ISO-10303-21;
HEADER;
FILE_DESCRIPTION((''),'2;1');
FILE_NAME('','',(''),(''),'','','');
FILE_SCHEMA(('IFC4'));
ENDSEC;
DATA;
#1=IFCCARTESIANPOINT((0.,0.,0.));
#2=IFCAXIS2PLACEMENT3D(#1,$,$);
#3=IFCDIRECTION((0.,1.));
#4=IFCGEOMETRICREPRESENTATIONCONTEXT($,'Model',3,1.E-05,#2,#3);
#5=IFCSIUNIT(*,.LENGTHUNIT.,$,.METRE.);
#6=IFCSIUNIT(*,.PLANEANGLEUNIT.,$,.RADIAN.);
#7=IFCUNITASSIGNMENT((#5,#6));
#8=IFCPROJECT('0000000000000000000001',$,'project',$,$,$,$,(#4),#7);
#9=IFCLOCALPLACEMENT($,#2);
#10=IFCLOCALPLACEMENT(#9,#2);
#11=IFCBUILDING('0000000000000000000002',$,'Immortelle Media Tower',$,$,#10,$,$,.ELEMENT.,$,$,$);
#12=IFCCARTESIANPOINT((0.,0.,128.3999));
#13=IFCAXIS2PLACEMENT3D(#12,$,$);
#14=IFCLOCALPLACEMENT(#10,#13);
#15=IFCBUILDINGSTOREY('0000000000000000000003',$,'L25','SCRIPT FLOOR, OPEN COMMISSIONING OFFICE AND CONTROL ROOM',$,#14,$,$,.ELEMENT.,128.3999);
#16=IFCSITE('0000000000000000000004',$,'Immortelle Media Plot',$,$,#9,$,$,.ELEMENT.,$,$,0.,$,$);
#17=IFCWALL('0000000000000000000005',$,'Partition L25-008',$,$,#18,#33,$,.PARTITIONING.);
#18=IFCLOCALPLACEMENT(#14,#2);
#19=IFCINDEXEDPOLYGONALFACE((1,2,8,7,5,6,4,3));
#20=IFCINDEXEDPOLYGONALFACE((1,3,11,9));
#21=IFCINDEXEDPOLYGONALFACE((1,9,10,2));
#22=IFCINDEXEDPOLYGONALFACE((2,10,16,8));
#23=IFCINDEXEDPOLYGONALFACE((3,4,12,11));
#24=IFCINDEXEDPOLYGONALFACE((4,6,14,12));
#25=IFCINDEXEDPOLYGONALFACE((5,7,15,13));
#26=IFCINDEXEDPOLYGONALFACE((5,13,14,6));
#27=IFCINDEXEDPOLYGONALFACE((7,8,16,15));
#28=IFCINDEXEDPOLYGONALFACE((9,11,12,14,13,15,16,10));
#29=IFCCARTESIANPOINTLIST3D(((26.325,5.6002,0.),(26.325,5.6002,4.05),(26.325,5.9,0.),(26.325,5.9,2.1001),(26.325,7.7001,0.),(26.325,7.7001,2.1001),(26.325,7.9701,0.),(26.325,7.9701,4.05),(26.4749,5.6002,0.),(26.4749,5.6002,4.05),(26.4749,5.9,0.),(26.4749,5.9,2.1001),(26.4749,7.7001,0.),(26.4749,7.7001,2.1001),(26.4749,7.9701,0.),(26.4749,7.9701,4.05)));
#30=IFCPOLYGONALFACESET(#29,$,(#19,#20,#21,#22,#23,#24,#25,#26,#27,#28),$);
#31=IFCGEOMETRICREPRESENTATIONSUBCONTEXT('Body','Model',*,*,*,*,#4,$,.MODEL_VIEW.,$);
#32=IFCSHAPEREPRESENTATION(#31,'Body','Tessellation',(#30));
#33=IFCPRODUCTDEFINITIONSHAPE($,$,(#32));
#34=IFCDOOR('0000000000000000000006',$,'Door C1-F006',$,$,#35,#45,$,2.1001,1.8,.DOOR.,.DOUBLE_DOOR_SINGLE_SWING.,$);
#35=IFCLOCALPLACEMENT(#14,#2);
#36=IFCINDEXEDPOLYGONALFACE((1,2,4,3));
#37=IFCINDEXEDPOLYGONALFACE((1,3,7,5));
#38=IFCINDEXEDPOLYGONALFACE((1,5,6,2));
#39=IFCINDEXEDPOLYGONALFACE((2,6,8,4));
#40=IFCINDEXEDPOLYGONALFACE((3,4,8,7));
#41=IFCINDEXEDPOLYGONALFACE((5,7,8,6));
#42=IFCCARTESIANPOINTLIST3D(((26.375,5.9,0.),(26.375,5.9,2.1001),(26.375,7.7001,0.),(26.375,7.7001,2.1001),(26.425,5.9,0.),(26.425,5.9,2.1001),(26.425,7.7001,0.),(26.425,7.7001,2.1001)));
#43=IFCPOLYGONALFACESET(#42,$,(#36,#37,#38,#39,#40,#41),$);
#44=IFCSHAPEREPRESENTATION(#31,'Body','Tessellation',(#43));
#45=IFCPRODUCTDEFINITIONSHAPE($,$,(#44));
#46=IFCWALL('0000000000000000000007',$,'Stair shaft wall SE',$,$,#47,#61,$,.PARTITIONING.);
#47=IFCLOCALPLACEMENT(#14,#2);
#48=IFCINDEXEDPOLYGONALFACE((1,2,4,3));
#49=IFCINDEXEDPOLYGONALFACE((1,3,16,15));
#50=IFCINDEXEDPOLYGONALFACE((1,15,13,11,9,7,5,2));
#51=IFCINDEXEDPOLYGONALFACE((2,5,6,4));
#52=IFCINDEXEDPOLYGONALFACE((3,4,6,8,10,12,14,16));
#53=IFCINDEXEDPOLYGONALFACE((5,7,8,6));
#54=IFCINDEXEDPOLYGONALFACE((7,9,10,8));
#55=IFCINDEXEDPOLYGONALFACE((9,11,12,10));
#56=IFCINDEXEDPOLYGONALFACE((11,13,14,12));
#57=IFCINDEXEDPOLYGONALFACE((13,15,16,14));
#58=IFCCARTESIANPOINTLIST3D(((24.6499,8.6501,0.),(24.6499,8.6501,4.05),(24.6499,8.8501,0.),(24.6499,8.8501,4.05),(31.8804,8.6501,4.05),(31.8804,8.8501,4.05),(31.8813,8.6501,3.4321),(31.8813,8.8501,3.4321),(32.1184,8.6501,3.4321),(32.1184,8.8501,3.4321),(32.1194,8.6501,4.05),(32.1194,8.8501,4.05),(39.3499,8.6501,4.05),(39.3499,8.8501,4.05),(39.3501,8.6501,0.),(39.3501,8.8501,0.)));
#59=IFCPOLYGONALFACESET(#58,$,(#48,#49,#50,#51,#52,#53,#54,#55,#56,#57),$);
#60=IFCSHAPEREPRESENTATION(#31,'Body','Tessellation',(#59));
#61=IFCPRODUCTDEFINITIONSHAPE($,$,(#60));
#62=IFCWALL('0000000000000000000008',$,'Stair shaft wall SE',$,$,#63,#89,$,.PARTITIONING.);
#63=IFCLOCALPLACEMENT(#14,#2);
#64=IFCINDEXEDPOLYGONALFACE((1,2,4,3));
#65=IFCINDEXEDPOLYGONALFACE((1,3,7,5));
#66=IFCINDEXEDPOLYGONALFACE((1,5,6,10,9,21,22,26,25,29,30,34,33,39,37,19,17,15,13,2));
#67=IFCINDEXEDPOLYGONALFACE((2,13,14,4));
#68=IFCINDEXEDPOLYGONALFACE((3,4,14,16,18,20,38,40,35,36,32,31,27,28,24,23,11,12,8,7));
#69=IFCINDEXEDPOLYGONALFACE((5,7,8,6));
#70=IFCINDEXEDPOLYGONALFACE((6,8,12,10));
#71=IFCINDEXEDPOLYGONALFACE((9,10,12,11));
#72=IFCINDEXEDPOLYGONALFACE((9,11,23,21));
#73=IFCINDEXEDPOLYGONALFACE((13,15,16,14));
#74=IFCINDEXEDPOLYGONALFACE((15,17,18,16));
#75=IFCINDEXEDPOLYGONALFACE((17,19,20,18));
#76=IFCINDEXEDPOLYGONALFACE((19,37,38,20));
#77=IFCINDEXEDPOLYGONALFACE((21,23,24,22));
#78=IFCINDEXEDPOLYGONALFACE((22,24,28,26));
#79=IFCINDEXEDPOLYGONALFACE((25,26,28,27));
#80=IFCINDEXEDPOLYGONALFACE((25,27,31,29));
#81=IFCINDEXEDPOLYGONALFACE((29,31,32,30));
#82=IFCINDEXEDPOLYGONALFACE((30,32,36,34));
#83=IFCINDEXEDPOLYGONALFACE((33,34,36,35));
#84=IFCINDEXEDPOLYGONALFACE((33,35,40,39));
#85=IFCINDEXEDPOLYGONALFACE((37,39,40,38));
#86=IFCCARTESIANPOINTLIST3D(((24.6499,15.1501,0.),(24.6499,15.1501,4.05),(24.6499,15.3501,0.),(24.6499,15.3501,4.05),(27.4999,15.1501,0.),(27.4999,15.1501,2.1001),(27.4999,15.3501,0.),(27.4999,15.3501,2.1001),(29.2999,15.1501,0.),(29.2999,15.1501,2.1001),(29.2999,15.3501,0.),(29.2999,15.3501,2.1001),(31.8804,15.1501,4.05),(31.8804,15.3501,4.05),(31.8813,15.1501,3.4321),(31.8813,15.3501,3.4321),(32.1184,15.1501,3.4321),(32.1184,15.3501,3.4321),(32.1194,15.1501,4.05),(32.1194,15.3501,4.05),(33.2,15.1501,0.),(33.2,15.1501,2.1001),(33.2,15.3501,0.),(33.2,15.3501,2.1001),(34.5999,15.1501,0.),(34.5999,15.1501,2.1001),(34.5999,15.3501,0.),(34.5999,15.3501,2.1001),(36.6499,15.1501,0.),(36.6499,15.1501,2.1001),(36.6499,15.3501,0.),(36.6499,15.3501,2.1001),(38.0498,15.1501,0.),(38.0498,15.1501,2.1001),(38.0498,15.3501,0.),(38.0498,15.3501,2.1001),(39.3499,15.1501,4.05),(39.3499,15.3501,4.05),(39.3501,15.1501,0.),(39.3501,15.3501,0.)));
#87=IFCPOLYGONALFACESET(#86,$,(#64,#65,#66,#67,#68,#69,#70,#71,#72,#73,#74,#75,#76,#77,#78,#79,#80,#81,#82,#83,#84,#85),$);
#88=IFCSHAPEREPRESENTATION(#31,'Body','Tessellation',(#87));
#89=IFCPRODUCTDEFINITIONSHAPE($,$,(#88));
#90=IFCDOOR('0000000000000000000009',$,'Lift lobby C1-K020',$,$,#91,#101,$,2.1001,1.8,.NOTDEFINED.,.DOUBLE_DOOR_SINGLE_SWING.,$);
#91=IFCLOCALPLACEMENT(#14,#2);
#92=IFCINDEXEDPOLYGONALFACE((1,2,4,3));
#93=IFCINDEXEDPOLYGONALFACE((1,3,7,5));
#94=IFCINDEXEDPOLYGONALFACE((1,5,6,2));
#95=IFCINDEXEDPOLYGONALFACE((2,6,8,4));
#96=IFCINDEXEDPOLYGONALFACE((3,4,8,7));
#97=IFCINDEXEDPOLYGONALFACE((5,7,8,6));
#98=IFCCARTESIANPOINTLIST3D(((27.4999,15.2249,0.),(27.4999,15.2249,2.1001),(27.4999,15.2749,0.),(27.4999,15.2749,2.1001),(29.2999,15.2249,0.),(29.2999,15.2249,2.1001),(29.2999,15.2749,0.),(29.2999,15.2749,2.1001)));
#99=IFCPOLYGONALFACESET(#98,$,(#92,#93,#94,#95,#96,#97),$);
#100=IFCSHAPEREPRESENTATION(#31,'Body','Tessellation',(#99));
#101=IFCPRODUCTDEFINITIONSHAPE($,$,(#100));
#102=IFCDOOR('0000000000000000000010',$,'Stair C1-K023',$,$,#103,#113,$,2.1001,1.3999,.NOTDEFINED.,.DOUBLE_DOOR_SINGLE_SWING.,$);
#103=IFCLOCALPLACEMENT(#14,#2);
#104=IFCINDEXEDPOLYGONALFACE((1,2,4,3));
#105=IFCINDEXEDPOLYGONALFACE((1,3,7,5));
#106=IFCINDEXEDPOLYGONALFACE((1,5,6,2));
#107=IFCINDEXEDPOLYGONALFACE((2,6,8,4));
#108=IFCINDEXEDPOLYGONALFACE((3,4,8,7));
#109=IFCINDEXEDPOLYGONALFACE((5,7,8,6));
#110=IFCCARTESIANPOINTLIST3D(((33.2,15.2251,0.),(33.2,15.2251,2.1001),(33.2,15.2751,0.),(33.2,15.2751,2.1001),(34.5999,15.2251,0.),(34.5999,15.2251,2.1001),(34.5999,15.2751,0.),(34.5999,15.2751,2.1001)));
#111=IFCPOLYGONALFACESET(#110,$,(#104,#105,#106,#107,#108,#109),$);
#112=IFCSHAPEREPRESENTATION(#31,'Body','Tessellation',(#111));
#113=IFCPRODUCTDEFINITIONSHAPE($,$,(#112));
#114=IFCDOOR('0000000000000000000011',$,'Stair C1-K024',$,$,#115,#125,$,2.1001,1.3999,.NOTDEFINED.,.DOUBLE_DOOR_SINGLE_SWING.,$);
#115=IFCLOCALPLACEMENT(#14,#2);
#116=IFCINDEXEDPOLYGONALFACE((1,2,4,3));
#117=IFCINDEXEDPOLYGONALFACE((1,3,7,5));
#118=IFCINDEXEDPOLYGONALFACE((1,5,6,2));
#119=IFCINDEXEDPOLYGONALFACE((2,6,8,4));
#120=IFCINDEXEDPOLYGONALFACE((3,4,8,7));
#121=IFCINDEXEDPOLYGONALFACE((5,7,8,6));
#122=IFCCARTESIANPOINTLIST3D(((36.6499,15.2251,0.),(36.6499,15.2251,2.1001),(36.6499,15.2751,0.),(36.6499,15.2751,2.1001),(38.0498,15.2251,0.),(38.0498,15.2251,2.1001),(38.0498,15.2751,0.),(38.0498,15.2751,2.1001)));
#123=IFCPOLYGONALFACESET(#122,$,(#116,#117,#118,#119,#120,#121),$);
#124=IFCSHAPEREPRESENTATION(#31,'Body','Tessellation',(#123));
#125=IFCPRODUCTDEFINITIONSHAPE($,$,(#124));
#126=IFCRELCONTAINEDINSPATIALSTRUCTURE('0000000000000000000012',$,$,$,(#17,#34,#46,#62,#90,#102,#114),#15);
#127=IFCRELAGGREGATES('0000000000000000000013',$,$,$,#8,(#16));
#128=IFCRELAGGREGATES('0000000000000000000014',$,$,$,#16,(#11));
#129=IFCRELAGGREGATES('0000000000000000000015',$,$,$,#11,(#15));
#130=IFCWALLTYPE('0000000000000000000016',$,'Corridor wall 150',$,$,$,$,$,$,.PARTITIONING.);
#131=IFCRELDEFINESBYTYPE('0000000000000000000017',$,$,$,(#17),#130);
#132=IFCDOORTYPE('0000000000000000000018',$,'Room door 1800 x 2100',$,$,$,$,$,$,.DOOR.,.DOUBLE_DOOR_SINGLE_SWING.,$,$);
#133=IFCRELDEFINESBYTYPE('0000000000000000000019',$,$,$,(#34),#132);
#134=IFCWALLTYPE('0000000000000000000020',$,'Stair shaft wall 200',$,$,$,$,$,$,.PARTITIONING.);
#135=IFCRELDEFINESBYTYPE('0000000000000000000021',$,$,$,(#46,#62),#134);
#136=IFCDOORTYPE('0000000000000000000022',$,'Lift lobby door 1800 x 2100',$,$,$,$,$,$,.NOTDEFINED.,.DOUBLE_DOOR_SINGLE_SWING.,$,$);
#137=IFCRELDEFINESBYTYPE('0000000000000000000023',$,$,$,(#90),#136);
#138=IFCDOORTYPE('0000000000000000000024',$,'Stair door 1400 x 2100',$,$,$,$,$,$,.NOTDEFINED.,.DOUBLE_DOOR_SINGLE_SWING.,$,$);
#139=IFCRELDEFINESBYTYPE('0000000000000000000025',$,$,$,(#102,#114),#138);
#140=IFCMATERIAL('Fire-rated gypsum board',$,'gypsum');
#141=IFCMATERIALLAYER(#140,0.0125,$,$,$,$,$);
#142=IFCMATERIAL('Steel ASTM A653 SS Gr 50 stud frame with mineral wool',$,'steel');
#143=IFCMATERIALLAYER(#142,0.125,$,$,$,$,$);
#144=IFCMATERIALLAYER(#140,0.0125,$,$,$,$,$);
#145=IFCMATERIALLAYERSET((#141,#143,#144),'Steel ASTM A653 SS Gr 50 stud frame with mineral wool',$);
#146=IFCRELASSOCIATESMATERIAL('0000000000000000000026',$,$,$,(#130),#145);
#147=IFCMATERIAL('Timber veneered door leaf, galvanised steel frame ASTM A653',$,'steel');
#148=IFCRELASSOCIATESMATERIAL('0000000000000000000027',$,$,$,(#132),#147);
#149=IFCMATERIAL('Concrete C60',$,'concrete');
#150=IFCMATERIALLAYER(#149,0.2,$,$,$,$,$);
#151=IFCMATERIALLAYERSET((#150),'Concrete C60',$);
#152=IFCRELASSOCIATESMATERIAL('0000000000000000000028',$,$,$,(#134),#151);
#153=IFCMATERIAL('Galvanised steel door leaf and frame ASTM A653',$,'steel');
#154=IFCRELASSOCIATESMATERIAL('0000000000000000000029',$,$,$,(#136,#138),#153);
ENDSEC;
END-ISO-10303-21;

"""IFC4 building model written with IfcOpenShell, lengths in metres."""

from ifc_helpers import new_model, si_unit, direction, frame, frame_2d, origin, place, context, subcontext, project, spatial, polyline, rectangle, outline, extrude, material, layer, layer_set, type_object, element, fill, save


model = new_model("IFC4")

# Units and contexts
model_context = context("Model", 3, precision=1e-05, world=origin(), true_north=direction((0.0, 1.0)))
body_context = subcontext(model_context, "Body", "Model", "MODEL_VIEW")
ifc_project = project(units=[si_unit("LENGTHUNIT", "METRE"), si_unit("PLANEANGLEUNIT", "RADIAN")], contexts=[model_context])

# Site, building, storey
site_placement = place(None, origin())
site = spatial("IfcSite", under=ifc_project, at=site_placement, Name="Immortelle Media Plot", CompositionType="ELEMENT", RefElevation=0.0)
building_placement = place(site_placement, origin())
building = spatial("IfcBuilding", under=site, at=building_placement, Name="Immortelle Media Tower", CompositionType="ELEMENT")
storey_placement = place(building_placement, frame((0.0, 0.0, 128.3999)))
storey = spatial("IfcBuildingStorey", under=building, at=storey_placement, Name="L25", Description="SCRIPT FLOOR, OPEN COMMISSIONING OFFICE AND CONTROL ROOM", CompositionType="ELEMENT", Elevation=128.3999)

# Shared definitions
ifc_material_1 = material(Name="Fire-rated gypsum board", Category="gypsum")
ifc_material_2 = material(Name="Steel ASTM A653 SS Gr 50 stud frame with mineral wool", Category="steel")
ifc_material_3 = material(Name="Galvanised steel door leaf and frame ASTM A653", Category="steel")

# Wall, opening, door
ifc_layer_1 = layer(ifc_material_1, 0.0125)
ifc_layer_2 = layer(ifc_material_2, 0.125)
ifc_layer_3 = layer(ifc_material_1, 0.0125)
ifc_layer_set_1 = layer_set([ifc_layer_1, ifc_layer_2, ifc_layer_3], Name="Steel ASTM A653 SS Gr 50 stud frame with mineral wool")
wall_type_1 = type_object("IfcWallType", Name="Corridor wall 150", PredefinedType="PARTITIONING", material=ifc_layer_set_1)
wall_1_placement = place(storey_placement, frame((26.3999, 5.6001, 0.0), z_axis=(0.0, 0.0, 1.0), x_axis=(0.0, 1.0, 0.0)))
wall_1 = element("IfcWall", 1, at=wall_1_placement, inside=storey, type_object=wall_type_1, Name="Partition L25-008", PredefinedType="PARTITIONING", context=body_context, shape_type="SweptSolid", body=[
    extrude(rectangle(XDim=2.3699, YDim=0.1499, at=frame_2d((1.1851, 0.0))), origin(), (0.0, 0.0, 1.0), 4.05),
])
opening_1_placement = place(wall_1_placement, frame((0.3, 0.0, 0.0)))
opening_1 = element("IfcOpeningElement", 2, at=opening_1_placement, cuts=wall_1, PredefinedType="OPENING", context=body_context, shape_type="SweptSolid", body=[
    extrude(rectangle(XDim=1.8, YDim=2.1001, at=frame_2d((0.8999, 1.05))), frame((0.0, 0.085, 0.0), z_axis=(0.0, -1.0, 0.0), x_axis=(1.0, 0.0, 0.0)), (0.0, 0.0, 1.0), 0.1699),
])
ifc_material_4 = material(Name="Timber veneered door leaf, galvanised steel frame ASTM A653", Category="steel")
door_type_1 = type_object("IfcDoorType", Name="Room door 1800 x 2100", OperationType="DOUBLE_DOOR_SINGLE_SWING", PredefinedType="DOOR", material=ifc_material_4)
door_1_placement = place(opening_1_placement, origin())
door_1 = element("IfcDoor", 3, at=door_1_placement, inside=storey, type_object=door_type_1, Name="Door C1-F006", OperationType="DOUBLE_DOOR_SINGLE_SWING", OverallHeight=2.1001, OverallWidth=1.8, PredefinedType="DOOR", context=body_context, shape_type="SweptSolid", body=[
    extrude(rectangle(XDim=1.8, YDim=2.1001, at=frame_2d((0.8999, 1.05))), frame((0.0, 0.0249, 0.0), z_axis=(0.0, -1.0, 0.0), x_axis=(1.0, 0.0, 0.0)), (0.0, 0.0, 1.0), 0.05),
])
fill(opening_1, door_1)

# Wall
ifc_material_5 = material(Name="Concrete C60", Category="concrete")
ifc_layer_4 = layer(ifc_material_5, 0.2)
ifc_layer_set_2 = layer_set([ifc_layer_4], Name="Concrete C60")
wall_type_2 = type_object("IfcWallType", Name="Stair shaft wall 200", PredefinedType="PARTITIONING", material=ifc_layer_set_2)
wall_2_placement = place(storey_placement, frame((24.6499, 8.75, 0.0), z_axis=(0.0, 0.0, 1.0), x_axis=(1.0, 0.0, 0.0)))
element("IfcWall", 4, at=wall_2_placement, inside=storey, type_object=wall_type_2, Name="Stair shaft wall SE", PredefinedType="PARTITIONING", context=body_context, shape_type="SweptSolid", body=[
    extrude(outline(polyline([(0.0, 0.0), (14.7002, 0.0), (14.7, 4.05), (7.4695, 4.05), (7.4685, 3.4321), (7.2314, 3.4321), (7.2305, 4.05), (0.0, 4.05), (0.0, 0.0)])), frame((0.0, 0.1001, 0.0), z_axis=(0.0, -1.0, 0.0), x_axis=(1.0, 0.0, 0.0)), (0.0, 0.0, 1.0), 0.2),
])

# Wall, openings, doors
wall_3_placement = place(storey_placement, frame((24.6499, 15.25, 0.0), z_axis=(0.0, 0.0, 1.0), x_axis=(1.0, 0.0, 0.0)))
wall_3 = element("IfcWall", 5, at=wall_3_placement, inside=storey, type_object=wall_type_2, Name="Stair shaft wall SE", PredefinedType="PARTITIONING", context=body_context, shape_type="SweptSolid", body=[
    extrude(outline(polyline([(0.0, 0.0), (14.7002, 0.0), (14.7, 4.05), (7.4695, 4.05), (7.4685, 3.4321), (7.2314, 3.4321), (7.2305, 4.05), (0.0, 4.05), (0.0, 0.0)])), frame((0.0, 0.1001, 0.0), z_axis=(0.0, -1.0, 0.0), x_axis=(1.0, 0.0, 0.0)), (0.0, 0.0, 1.0), 0.2),
])
opening_2_placement = place(wall_3_placement, frame((2.8501, 0.0, 0.0)))
opening_2 = element("IfcOpeningElement", 6, at=opening_2_placement, cuts=wall_3, PredefinedType="OPENING", context=body_context, shape_type="SweptSolid", body=[
    extrude(rectangle(XDim=1.8, YDim=2.1001, at=frame_2d((0.8999, 1.05))), frame((0.0, 0.1099, 0.0), z_axis=(0.0, -1.0, 0.0), x_axis=(1.0, 0.0, 0.0)), (0.0, 0.0, 1.0), 0.22),
])
opening_3_placement = place(wall_3_placement, frame((9.95, 0.0, 0.0), z_axis=(0.0, 0.0, 1.0), x_axis=(-1.0, 0.0, 0.0)))
opening_3 = element("IfcOpeningElement", 7, at=opening_3_placement, cuts=wall_3, PredefinedType="OPENING", context=body_context, shape_type="SweptSolid", body=[
    extrude(rectangle(XDim=1.3999, YDim=2.1001, at=frame_2d((0.7, 1.05))), frame((0.0, 0.1099, 0.0), z_axis=(0.0, -1.0, 0.0), x_axis=(1.0, 0.0, 0.0)), (0.0, 0.0, 1.0), 0.22),
])
opening_4_placement = place(wall_3_placement, frame((13.3999, 0.0, 0.0), z_axis=(0.0, 0.0, 1.0), x_axis=(-1.0, 0.0, 0.0)))
opening_4 = element("IfcOpeningElement", 8, at=opening_4_placement, cuts=wall_3, PredefinedType="OPENING", context=body_context, shape_type="SweptSolid", body=[
    extrude(rectangle(XDim=1.3999, YDim=2.1001, at=frame_2d((0.7, 1.05))), frame((0.0, 0.1099, 0.0), z_axis=(0.0, -1.0, 0.0), x_axis=(1.0, 0.0, 0.0)), (0.0, 0.0, 1.0), 0.22),
])
door_type_2 = type_object("IfcDoorType", Name="Lift lobby door 1800 x 2100", OperationType="DOUBLE_DOOR_SINGLE_SWING", PredefinedType="NOTDEFINED", material=ifc_material_3)
door_2_placement = place(opening_2_placement, origin())
door_2 = element("IfcDoor", 9, at=door_2_placement, inside=storey, type_object=door_type_2, Name="Lift lobby C1-K020", OperationType="DOUBLE_DOOR_SINGLE_SWING", OverallHeight=2.1001, OverallWidth=1.8, PredefinedType="NOTDEFINED", context=body_context, shape_type="SweptSolid", body=[
    extrude(rectangle(XDim=1.8, YDim=2.1001, at=frame_2d((0.8999, 1.05))), frame((0.0, 0.0249, 0.0), z_axis=(0.0, -1.0, 0.0), x_axis=(1.0, 0.0, 0.0)), (0.0, 0.0, 1.0), 0.05),
])
fill(opening_2, door_2)
door_type_3 = type_object("IfcDoorType", Name="Stair door 1400 x 2100", OperationType="DOUBLE_DOOR_SINGLE_SWING", PredefinedType="NOTDEFINED", material=ifc_material_3)
door_3_placement = place(opening_3_placement, origin())
door_3 = element("IfcDoor", 10, at=door_3_placement, inside=storey, type_object=door_type_3, Name="Stair C1-K023", OperationType="DOUBLE_DOOR_SINGLE_SWING", OverallHeight=2.1001, OverallWidth=1.3999, PredefinedType="NOTDEFINED", context=body_context, shape_type="SweptSolid", body=[
    extrude(rectangle(XDim=1.3999, YDim=2.1001, at=frame_2d((0.7, 1.05))), frame((0.0, 0.0249, 0.0), z_axis=(0.0, -1.0, 0.0), x_axis=(1.0, 0.0, 0.0)), (0.0, 0.0, 1.0), 0.05),
])
fill(opening_3, door_3)
door_4_placement = place(opening_4_placement, origin())
door_4 = element("IfcDoor", 11, at=door_4_placement, inside=storey, type_object=door_type_3, Name="Stair C1-K024", OperationType="DOUBLE_DOOR_SINGLE_SWING", OverallHeight=2.1001, OverallWidth=1.3999, PredefinedType="NOTDEFINED", context=body_context, shape_type="SweptSolid", body=[
    extrude(rectangle(XDim=1.3999, YDim=2.1001, at=frame_2d((0.7, 1.05))), frame((0.0, 0.0249, 0.0), z_axis=(0.0, -1.0, 0.0), x_axis=(1.0, 0.0, 0.0)), (0.0, 0.0, 1.0), 0.05),
])
fill(opening_4, door_4)

save(model, "model.ifc")
